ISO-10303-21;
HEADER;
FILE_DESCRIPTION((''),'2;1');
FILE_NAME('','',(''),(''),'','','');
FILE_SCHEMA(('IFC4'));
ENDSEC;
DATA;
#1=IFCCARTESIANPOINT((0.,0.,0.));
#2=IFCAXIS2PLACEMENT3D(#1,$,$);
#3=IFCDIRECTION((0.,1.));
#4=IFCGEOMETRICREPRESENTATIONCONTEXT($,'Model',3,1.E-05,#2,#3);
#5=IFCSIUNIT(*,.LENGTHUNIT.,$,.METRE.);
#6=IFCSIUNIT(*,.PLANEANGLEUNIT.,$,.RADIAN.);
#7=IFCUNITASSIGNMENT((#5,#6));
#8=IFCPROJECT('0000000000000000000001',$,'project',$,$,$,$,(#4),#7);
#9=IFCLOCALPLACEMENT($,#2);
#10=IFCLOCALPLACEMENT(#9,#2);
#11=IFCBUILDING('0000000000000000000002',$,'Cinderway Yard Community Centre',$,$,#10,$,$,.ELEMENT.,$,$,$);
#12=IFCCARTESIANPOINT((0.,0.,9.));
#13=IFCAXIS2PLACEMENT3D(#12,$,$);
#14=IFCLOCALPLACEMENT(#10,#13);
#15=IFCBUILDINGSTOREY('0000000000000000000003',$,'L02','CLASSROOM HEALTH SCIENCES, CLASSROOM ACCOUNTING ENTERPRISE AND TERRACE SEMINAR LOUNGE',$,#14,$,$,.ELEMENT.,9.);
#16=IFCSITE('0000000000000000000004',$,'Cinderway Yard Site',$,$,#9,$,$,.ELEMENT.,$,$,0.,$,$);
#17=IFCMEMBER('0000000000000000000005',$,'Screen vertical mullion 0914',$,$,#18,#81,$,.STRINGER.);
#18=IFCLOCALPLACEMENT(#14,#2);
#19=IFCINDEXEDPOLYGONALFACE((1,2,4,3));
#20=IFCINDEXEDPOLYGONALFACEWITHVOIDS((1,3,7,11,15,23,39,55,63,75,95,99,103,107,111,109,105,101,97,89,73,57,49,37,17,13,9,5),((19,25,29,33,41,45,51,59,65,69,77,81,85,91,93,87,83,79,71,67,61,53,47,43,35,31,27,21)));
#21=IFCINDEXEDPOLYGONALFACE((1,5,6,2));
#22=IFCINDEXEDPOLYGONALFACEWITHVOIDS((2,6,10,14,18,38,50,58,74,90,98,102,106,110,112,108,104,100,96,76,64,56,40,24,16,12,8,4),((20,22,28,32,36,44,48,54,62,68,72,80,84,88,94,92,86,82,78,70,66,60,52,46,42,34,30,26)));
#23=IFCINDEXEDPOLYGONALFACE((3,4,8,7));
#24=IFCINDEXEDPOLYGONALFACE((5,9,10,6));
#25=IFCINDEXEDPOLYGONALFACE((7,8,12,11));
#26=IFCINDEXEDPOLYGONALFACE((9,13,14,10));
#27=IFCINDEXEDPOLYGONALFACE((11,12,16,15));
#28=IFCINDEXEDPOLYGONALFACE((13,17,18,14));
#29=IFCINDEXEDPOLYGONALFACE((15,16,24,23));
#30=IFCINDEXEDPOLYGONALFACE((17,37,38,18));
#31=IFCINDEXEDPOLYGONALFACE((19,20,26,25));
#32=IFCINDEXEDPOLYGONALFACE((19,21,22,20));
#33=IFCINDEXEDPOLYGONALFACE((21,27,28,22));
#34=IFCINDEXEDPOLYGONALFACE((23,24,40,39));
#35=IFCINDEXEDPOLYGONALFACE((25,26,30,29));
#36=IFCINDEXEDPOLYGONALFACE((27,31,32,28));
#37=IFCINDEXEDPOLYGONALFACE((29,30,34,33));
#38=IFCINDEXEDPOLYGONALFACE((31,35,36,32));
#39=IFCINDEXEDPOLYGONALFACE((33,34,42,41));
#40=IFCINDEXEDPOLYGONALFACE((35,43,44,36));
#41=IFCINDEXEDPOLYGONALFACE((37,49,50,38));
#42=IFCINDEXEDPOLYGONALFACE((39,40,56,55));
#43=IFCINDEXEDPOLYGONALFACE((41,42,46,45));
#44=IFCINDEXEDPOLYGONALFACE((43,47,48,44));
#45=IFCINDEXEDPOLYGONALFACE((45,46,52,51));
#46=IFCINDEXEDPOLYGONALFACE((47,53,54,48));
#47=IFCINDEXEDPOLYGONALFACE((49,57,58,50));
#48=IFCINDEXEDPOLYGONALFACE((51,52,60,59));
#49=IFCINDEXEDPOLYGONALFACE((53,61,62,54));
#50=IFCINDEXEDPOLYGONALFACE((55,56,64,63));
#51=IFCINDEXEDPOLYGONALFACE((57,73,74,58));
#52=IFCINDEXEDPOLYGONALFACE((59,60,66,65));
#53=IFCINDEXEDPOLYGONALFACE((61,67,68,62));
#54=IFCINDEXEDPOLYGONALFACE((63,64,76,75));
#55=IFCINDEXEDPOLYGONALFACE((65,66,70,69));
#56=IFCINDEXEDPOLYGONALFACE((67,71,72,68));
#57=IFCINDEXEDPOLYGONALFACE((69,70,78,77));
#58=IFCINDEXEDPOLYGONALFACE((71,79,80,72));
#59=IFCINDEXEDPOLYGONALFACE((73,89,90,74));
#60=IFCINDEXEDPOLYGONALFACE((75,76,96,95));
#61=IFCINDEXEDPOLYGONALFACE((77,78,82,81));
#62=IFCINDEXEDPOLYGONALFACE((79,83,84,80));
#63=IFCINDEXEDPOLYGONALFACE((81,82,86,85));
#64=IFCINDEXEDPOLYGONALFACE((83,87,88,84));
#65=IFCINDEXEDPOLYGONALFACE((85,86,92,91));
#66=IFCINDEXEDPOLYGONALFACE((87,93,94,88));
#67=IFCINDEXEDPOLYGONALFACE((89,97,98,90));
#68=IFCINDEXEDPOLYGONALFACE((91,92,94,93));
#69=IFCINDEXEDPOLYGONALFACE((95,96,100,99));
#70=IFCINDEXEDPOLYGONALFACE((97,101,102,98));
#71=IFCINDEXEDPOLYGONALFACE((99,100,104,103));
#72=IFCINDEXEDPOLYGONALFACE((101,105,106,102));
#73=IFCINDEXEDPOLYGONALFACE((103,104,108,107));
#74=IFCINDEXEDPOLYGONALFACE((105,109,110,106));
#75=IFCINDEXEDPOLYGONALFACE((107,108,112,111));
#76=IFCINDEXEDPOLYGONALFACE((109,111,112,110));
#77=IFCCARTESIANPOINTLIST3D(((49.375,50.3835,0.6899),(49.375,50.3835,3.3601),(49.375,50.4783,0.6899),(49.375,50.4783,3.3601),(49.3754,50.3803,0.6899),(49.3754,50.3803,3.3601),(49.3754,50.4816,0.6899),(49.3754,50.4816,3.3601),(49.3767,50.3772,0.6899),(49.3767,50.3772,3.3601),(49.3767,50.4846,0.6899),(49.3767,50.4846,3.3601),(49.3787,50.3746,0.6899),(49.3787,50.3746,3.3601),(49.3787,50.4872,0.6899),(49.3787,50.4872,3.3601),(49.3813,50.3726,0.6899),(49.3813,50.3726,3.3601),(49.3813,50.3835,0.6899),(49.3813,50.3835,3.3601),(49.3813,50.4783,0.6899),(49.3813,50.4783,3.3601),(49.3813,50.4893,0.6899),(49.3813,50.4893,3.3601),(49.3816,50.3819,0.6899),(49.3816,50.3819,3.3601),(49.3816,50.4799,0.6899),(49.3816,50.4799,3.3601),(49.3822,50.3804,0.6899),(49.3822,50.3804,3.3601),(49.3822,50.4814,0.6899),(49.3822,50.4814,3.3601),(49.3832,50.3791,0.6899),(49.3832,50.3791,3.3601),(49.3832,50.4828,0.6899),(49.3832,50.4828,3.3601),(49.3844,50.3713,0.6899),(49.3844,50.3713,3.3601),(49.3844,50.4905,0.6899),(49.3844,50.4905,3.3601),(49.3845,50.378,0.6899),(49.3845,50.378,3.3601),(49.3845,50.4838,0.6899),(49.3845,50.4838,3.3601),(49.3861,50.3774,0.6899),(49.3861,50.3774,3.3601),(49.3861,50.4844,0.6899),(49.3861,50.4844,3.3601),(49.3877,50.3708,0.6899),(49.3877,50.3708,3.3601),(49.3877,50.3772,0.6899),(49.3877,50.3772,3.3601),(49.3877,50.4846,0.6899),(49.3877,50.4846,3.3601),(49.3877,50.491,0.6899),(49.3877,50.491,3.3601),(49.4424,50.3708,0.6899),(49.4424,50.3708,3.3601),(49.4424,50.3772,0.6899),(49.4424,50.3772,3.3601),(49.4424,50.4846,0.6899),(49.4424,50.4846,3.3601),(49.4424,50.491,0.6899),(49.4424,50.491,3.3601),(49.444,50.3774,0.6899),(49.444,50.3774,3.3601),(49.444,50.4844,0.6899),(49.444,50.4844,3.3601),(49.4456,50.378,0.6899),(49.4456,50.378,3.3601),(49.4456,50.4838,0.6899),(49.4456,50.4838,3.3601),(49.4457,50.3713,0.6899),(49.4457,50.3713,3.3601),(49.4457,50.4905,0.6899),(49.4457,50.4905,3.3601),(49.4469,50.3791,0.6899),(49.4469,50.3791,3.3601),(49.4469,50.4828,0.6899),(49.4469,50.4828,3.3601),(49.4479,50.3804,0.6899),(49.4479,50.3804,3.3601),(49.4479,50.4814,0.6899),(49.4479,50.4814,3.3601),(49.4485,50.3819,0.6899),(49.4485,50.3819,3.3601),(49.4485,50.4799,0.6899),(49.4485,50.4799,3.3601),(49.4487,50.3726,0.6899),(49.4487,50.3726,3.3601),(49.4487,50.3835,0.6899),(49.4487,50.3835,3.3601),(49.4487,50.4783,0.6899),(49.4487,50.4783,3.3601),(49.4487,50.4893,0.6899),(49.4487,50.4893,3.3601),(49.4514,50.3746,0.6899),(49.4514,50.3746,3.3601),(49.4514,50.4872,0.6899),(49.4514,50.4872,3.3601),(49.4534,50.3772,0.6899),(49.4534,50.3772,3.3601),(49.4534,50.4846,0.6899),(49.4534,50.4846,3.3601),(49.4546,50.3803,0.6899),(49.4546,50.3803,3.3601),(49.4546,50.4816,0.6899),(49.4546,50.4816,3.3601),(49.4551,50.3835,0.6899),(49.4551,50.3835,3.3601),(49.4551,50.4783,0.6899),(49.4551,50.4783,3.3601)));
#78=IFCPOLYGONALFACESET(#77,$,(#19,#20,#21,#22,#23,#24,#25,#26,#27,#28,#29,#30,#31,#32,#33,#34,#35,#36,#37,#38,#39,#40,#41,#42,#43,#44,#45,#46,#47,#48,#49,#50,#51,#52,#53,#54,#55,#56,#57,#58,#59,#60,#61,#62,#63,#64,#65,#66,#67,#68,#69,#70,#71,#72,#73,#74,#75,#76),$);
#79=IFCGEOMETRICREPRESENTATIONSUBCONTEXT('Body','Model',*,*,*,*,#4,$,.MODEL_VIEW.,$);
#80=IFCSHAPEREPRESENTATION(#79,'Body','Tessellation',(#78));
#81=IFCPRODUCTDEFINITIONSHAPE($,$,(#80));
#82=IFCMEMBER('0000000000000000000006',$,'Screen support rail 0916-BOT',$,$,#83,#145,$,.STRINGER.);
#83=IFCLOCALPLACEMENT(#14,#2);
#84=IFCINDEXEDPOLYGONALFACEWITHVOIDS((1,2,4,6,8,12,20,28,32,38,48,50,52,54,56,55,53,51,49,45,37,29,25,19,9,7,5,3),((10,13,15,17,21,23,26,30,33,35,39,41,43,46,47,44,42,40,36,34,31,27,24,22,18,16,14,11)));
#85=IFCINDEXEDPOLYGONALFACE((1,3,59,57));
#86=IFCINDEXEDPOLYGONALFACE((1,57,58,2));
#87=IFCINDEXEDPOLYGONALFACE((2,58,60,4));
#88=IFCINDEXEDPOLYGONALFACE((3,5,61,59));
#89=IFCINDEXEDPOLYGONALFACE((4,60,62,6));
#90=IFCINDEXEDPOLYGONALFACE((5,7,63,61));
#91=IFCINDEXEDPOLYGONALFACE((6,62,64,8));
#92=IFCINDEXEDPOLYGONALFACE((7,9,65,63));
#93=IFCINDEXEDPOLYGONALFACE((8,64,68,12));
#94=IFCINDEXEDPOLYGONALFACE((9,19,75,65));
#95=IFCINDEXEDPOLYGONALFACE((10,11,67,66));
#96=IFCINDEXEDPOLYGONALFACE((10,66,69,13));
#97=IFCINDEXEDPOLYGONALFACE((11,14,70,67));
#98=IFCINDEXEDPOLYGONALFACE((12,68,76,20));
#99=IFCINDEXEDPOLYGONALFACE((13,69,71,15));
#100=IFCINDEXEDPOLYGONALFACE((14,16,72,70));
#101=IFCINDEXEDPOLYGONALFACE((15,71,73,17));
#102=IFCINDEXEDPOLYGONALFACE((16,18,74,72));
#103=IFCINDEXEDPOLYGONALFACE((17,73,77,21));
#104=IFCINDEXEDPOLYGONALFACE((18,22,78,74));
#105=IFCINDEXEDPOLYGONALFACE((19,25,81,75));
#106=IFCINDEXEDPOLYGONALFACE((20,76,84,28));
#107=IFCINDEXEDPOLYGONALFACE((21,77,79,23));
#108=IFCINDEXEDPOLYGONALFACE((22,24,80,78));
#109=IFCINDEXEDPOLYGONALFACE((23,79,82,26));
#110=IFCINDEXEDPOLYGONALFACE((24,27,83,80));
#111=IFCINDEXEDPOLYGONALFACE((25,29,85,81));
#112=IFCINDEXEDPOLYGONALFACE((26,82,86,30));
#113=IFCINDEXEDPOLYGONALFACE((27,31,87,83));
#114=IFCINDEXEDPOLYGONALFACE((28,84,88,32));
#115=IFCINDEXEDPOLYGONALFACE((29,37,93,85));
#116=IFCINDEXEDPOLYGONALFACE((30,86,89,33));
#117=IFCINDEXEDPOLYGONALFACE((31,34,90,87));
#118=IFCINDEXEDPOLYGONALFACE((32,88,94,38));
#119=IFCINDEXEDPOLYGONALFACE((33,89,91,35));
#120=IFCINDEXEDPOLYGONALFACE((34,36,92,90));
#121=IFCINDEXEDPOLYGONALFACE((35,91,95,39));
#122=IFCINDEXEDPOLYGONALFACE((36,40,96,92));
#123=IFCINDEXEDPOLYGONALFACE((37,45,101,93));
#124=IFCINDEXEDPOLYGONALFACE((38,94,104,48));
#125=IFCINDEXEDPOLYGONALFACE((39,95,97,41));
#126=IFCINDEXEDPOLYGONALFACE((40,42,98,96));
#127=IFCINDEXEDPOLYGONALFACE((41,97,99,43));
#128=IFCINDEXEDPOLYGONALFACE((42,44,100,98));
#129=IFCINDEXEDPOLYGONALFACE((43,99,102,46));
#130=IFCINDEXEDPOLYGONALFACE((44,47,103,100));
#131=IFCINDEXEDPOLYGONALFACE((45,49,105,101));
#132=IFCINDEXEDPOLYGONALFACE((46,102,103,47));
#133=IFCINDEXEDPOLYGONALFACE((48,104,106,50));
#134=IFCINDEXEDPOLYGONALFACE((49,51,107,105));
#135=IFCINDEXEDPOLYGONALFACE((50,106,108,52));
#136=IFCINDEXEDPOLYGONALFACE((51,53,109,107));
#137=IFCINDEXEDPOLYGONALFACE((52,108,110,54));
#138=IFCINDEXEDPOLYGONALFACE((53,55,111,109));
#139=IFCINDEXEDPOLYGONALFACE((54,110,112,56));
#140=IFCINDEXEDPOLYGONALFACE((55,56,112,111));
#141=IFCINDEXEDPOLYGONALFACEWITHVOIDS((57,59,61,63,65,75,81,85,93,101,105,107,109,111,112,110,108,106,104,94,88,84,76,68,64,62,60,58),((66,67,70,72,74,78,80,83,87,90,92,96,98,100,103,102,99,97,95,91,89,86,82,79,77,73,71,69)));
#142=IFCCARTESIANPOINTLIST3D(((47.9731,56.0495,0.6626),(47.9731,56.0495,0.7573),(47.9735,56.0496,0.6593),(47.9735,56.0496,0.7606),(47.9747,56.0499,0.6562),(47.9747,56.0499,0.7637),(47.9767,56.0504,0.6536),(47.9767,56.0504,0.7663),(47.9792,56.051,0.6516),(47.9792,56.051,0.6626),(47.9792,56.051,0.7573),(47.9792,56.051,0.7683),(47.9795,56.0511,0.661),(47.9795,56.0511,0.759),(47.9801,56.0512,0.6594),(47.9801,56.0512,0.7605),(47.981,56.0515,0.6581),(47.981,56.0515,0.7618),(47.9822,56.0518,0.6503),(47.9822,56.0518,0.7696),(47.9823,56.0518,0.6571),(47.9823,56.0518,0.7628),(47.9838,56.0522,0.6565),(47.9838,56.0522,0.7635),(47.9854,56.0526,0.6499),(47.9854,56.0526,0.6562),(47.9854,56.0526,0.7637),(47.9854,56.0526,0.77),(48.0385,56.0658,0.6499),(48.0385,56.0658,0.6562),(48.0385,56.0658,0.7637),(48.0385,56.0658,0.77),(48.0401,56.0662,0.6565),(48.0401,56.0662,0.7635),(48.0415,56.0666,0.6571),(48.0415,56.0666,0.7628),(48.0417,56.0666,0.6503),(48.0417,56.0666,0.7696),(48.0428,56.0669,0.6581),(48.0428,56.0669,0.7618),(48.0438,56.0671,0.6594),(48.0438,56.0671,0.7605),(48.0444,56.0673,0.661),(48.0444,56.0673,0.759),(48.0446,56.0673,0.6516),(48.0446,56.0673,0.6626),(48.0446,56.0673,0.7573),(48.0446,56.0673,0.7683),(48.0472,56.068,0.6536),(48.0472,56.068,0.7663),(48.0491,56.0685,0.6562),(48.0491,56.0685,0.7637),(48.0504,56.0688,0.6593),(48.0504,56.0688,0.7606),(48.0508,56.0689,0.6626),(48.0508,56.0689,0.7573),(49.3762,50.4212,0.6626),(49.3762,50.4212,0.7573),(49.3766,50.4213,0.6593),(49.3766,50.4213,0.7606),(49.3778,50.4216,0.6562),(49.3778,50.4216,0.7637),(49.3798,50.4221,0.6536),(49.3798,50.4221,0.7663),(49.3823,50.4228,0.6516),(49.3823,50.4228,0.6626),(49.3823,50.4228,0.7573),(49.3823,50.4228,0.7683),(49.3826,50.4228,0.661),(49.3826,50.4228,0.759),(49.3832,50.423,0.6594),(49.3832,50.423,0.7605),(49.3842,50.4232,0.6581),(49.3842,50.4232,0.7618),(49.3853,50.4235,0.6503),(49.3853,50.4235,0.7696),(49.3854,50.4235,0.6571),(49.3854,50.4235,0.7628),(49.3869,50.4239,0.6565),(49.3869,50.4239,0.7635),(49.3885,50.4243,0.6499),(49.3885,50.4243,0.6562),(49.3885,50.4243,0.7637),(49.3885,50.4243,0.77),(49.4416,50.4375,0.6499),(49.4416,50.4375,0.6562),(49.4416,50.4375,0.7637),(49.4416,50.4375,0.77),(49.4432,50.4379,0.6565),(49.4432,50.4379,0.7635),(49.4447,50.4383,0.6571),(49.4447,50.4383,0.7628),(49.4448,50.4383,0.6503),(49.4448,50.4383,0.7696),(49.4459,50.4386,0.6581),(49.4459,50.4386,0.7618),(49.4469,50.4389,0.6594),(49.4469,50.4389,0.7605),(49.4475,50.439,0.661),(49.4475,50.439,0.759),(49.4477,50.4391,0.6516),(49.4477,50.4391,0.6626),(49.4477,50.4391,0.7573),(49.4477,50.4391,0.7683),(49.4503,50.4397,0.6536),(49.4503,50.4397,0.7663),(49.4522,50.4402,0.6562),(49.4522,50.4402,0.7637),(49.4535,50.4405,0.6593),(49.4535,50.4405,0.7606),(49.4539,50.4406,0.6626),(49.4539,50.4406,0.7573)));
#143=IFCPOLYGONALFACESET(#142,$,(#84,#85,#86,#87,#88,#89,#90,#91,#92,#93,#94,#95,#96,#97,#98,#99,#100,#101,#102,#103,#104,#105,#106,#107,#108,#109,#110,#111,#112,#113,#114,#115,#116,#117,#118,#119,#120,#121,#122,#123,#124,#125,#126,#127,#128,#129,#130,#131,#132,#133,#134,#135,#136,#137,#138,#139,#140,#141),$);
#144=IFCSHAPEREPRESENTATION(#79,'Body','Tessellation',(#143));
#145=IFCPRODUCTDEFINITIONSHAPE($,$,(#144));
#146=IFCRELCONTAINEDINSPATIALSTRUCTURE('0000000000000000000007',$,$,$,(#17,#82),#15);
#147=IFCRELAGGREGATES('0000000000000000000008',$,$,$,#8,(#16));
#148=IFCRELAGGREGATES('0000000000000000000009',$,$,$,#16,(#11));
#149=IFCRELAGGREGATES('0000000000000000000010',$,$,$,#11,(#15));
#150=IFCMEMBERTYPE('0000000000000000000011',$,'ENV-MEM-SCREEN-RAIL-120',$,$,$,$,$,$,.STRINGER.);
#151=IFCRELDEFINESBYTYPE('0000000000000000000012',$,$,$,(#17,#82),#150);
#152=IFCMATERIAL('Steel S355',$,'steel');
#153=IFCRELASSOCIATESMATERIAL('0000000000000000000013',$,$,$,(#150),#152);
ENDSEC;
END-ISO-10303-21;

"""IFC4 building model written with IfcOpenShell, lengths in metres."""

from ifc_helpers import new_model, si_unit, direction, frame, origin, origin_2d, place, context, subcontext, project, spatial, hollow_rectangle, extrude, material, material_profile, profile_set, type_object, element, save


model = new_model("IFC4")

# Units and contexts
model_context = context("Model", 3, precision=1e-05, world=origin(), true_north=direction((0.0, 1.0)))
body_context = subcontext(model_context, "Body", "Model", "MODEL_VIEW")
ifc_project = project(units=[si_unit("LENGTHUNIT", "METRE"), si_unit("PLANEANGLEUNIT", "RADIAN")], contexts=[model_context])

# Site, building, storey
site_placement = place(None, origin())
site = spatial("IfcSite", under=ifc_project, at=site_placement, Name="Cinderway Yard Site", CompositionType="ELEMENT", RefElevation=0.0)
building_placement = place(site_placement, origin())
building = spatial("IfcBuilding", under=site, at=building_placement, Name="Cinderway Yard Community Centre", CompositionType="ELEMENT")
storey_placement = place(building_placement, frame((0.0, 0.0, 9.0)))
storey = spatial("IfcBuildingStorey", under=building, at=storey_placement, Name="L02", Description="CLASSROOM HEALTH SCIENCES, CLASSROOM ACCOUNTING ENTERPRISE AND TERRACE SEMINAR LOUNGE", CompositionType="ELEMENT", Elevation=9.0)

# Members
ifc_material_1 = material(Name="Steel S355", Category="steel")
ifc_material_profile_1 = material_profile(ifc_material_1, hollow_rectangle(XDim=0.0801, YDim=0.1201, WallThickness=0.0063, InnerFilletRadius=0.0063, OuterFilletRadius=0.0127, at=origin_2d()), Name="Steel S355")
ifc_profile_set_1 = profile_set([ifc_material_profile_1], Name="Steel S355")
member_type_1 = type_object("IfcMemberType", Name="ENV-MEM-SCREEN-RAIL-120", PredefinedType="STRINGER", material=ifc_profile_set_1)
member_1_placement = place(storey_placement, frame((49.415, 50.4309, 0.6899), z_axis=(0.0, 0.0, 1.0), x_axis=(1.0, 0.0, 0.0)))
element("IfcMember", 1, at=member_1_placement, inside=storey, type_object=member_type_1, Name="Screen vertical mullion 0914", PredefinedType="STRINGER", context=body_context, shape_type="SweptSolid", body=[
    extrude(hollow_rectangle(XDim=0.0801, YDim=0.1201, WallThickness=0.0063, InnerFilletRadius=0.0063, OuterFilletRadius=0.0127, at=origin_2d()), origin(), (0.0, 0.0, 1.0), 2.6702),
])
for number, where, z_axis, x_axis, name in (
    (2, (49.415, 50.4309, 0.71), (-0.241892, 0.970303, 0.0), (-0.970303, -0.241892, 0.0), "Screen support rail 0916-BOT"),
):
    element("IfcMember", number, at=place(storey_placement, frame(where, z_axis=z_axis, x_axis=x_axis)), inside=storey, type_object=member_type_1, Name=name, PredefinedType="STRINGER", context=body_context, shape_type="SweptSolid", body=[
        extrude(hollow_rectangle(XDim=0.0801, YDim=0.1201, WallThickness=0.0063, InnerFilletRadius=0.0063, OuterFilletRadius=0.0127, at=origin_2d()), origin(), (0.0, 0.0, 1.0), 5.8005),
    ])

save(model, "model.ifc")
